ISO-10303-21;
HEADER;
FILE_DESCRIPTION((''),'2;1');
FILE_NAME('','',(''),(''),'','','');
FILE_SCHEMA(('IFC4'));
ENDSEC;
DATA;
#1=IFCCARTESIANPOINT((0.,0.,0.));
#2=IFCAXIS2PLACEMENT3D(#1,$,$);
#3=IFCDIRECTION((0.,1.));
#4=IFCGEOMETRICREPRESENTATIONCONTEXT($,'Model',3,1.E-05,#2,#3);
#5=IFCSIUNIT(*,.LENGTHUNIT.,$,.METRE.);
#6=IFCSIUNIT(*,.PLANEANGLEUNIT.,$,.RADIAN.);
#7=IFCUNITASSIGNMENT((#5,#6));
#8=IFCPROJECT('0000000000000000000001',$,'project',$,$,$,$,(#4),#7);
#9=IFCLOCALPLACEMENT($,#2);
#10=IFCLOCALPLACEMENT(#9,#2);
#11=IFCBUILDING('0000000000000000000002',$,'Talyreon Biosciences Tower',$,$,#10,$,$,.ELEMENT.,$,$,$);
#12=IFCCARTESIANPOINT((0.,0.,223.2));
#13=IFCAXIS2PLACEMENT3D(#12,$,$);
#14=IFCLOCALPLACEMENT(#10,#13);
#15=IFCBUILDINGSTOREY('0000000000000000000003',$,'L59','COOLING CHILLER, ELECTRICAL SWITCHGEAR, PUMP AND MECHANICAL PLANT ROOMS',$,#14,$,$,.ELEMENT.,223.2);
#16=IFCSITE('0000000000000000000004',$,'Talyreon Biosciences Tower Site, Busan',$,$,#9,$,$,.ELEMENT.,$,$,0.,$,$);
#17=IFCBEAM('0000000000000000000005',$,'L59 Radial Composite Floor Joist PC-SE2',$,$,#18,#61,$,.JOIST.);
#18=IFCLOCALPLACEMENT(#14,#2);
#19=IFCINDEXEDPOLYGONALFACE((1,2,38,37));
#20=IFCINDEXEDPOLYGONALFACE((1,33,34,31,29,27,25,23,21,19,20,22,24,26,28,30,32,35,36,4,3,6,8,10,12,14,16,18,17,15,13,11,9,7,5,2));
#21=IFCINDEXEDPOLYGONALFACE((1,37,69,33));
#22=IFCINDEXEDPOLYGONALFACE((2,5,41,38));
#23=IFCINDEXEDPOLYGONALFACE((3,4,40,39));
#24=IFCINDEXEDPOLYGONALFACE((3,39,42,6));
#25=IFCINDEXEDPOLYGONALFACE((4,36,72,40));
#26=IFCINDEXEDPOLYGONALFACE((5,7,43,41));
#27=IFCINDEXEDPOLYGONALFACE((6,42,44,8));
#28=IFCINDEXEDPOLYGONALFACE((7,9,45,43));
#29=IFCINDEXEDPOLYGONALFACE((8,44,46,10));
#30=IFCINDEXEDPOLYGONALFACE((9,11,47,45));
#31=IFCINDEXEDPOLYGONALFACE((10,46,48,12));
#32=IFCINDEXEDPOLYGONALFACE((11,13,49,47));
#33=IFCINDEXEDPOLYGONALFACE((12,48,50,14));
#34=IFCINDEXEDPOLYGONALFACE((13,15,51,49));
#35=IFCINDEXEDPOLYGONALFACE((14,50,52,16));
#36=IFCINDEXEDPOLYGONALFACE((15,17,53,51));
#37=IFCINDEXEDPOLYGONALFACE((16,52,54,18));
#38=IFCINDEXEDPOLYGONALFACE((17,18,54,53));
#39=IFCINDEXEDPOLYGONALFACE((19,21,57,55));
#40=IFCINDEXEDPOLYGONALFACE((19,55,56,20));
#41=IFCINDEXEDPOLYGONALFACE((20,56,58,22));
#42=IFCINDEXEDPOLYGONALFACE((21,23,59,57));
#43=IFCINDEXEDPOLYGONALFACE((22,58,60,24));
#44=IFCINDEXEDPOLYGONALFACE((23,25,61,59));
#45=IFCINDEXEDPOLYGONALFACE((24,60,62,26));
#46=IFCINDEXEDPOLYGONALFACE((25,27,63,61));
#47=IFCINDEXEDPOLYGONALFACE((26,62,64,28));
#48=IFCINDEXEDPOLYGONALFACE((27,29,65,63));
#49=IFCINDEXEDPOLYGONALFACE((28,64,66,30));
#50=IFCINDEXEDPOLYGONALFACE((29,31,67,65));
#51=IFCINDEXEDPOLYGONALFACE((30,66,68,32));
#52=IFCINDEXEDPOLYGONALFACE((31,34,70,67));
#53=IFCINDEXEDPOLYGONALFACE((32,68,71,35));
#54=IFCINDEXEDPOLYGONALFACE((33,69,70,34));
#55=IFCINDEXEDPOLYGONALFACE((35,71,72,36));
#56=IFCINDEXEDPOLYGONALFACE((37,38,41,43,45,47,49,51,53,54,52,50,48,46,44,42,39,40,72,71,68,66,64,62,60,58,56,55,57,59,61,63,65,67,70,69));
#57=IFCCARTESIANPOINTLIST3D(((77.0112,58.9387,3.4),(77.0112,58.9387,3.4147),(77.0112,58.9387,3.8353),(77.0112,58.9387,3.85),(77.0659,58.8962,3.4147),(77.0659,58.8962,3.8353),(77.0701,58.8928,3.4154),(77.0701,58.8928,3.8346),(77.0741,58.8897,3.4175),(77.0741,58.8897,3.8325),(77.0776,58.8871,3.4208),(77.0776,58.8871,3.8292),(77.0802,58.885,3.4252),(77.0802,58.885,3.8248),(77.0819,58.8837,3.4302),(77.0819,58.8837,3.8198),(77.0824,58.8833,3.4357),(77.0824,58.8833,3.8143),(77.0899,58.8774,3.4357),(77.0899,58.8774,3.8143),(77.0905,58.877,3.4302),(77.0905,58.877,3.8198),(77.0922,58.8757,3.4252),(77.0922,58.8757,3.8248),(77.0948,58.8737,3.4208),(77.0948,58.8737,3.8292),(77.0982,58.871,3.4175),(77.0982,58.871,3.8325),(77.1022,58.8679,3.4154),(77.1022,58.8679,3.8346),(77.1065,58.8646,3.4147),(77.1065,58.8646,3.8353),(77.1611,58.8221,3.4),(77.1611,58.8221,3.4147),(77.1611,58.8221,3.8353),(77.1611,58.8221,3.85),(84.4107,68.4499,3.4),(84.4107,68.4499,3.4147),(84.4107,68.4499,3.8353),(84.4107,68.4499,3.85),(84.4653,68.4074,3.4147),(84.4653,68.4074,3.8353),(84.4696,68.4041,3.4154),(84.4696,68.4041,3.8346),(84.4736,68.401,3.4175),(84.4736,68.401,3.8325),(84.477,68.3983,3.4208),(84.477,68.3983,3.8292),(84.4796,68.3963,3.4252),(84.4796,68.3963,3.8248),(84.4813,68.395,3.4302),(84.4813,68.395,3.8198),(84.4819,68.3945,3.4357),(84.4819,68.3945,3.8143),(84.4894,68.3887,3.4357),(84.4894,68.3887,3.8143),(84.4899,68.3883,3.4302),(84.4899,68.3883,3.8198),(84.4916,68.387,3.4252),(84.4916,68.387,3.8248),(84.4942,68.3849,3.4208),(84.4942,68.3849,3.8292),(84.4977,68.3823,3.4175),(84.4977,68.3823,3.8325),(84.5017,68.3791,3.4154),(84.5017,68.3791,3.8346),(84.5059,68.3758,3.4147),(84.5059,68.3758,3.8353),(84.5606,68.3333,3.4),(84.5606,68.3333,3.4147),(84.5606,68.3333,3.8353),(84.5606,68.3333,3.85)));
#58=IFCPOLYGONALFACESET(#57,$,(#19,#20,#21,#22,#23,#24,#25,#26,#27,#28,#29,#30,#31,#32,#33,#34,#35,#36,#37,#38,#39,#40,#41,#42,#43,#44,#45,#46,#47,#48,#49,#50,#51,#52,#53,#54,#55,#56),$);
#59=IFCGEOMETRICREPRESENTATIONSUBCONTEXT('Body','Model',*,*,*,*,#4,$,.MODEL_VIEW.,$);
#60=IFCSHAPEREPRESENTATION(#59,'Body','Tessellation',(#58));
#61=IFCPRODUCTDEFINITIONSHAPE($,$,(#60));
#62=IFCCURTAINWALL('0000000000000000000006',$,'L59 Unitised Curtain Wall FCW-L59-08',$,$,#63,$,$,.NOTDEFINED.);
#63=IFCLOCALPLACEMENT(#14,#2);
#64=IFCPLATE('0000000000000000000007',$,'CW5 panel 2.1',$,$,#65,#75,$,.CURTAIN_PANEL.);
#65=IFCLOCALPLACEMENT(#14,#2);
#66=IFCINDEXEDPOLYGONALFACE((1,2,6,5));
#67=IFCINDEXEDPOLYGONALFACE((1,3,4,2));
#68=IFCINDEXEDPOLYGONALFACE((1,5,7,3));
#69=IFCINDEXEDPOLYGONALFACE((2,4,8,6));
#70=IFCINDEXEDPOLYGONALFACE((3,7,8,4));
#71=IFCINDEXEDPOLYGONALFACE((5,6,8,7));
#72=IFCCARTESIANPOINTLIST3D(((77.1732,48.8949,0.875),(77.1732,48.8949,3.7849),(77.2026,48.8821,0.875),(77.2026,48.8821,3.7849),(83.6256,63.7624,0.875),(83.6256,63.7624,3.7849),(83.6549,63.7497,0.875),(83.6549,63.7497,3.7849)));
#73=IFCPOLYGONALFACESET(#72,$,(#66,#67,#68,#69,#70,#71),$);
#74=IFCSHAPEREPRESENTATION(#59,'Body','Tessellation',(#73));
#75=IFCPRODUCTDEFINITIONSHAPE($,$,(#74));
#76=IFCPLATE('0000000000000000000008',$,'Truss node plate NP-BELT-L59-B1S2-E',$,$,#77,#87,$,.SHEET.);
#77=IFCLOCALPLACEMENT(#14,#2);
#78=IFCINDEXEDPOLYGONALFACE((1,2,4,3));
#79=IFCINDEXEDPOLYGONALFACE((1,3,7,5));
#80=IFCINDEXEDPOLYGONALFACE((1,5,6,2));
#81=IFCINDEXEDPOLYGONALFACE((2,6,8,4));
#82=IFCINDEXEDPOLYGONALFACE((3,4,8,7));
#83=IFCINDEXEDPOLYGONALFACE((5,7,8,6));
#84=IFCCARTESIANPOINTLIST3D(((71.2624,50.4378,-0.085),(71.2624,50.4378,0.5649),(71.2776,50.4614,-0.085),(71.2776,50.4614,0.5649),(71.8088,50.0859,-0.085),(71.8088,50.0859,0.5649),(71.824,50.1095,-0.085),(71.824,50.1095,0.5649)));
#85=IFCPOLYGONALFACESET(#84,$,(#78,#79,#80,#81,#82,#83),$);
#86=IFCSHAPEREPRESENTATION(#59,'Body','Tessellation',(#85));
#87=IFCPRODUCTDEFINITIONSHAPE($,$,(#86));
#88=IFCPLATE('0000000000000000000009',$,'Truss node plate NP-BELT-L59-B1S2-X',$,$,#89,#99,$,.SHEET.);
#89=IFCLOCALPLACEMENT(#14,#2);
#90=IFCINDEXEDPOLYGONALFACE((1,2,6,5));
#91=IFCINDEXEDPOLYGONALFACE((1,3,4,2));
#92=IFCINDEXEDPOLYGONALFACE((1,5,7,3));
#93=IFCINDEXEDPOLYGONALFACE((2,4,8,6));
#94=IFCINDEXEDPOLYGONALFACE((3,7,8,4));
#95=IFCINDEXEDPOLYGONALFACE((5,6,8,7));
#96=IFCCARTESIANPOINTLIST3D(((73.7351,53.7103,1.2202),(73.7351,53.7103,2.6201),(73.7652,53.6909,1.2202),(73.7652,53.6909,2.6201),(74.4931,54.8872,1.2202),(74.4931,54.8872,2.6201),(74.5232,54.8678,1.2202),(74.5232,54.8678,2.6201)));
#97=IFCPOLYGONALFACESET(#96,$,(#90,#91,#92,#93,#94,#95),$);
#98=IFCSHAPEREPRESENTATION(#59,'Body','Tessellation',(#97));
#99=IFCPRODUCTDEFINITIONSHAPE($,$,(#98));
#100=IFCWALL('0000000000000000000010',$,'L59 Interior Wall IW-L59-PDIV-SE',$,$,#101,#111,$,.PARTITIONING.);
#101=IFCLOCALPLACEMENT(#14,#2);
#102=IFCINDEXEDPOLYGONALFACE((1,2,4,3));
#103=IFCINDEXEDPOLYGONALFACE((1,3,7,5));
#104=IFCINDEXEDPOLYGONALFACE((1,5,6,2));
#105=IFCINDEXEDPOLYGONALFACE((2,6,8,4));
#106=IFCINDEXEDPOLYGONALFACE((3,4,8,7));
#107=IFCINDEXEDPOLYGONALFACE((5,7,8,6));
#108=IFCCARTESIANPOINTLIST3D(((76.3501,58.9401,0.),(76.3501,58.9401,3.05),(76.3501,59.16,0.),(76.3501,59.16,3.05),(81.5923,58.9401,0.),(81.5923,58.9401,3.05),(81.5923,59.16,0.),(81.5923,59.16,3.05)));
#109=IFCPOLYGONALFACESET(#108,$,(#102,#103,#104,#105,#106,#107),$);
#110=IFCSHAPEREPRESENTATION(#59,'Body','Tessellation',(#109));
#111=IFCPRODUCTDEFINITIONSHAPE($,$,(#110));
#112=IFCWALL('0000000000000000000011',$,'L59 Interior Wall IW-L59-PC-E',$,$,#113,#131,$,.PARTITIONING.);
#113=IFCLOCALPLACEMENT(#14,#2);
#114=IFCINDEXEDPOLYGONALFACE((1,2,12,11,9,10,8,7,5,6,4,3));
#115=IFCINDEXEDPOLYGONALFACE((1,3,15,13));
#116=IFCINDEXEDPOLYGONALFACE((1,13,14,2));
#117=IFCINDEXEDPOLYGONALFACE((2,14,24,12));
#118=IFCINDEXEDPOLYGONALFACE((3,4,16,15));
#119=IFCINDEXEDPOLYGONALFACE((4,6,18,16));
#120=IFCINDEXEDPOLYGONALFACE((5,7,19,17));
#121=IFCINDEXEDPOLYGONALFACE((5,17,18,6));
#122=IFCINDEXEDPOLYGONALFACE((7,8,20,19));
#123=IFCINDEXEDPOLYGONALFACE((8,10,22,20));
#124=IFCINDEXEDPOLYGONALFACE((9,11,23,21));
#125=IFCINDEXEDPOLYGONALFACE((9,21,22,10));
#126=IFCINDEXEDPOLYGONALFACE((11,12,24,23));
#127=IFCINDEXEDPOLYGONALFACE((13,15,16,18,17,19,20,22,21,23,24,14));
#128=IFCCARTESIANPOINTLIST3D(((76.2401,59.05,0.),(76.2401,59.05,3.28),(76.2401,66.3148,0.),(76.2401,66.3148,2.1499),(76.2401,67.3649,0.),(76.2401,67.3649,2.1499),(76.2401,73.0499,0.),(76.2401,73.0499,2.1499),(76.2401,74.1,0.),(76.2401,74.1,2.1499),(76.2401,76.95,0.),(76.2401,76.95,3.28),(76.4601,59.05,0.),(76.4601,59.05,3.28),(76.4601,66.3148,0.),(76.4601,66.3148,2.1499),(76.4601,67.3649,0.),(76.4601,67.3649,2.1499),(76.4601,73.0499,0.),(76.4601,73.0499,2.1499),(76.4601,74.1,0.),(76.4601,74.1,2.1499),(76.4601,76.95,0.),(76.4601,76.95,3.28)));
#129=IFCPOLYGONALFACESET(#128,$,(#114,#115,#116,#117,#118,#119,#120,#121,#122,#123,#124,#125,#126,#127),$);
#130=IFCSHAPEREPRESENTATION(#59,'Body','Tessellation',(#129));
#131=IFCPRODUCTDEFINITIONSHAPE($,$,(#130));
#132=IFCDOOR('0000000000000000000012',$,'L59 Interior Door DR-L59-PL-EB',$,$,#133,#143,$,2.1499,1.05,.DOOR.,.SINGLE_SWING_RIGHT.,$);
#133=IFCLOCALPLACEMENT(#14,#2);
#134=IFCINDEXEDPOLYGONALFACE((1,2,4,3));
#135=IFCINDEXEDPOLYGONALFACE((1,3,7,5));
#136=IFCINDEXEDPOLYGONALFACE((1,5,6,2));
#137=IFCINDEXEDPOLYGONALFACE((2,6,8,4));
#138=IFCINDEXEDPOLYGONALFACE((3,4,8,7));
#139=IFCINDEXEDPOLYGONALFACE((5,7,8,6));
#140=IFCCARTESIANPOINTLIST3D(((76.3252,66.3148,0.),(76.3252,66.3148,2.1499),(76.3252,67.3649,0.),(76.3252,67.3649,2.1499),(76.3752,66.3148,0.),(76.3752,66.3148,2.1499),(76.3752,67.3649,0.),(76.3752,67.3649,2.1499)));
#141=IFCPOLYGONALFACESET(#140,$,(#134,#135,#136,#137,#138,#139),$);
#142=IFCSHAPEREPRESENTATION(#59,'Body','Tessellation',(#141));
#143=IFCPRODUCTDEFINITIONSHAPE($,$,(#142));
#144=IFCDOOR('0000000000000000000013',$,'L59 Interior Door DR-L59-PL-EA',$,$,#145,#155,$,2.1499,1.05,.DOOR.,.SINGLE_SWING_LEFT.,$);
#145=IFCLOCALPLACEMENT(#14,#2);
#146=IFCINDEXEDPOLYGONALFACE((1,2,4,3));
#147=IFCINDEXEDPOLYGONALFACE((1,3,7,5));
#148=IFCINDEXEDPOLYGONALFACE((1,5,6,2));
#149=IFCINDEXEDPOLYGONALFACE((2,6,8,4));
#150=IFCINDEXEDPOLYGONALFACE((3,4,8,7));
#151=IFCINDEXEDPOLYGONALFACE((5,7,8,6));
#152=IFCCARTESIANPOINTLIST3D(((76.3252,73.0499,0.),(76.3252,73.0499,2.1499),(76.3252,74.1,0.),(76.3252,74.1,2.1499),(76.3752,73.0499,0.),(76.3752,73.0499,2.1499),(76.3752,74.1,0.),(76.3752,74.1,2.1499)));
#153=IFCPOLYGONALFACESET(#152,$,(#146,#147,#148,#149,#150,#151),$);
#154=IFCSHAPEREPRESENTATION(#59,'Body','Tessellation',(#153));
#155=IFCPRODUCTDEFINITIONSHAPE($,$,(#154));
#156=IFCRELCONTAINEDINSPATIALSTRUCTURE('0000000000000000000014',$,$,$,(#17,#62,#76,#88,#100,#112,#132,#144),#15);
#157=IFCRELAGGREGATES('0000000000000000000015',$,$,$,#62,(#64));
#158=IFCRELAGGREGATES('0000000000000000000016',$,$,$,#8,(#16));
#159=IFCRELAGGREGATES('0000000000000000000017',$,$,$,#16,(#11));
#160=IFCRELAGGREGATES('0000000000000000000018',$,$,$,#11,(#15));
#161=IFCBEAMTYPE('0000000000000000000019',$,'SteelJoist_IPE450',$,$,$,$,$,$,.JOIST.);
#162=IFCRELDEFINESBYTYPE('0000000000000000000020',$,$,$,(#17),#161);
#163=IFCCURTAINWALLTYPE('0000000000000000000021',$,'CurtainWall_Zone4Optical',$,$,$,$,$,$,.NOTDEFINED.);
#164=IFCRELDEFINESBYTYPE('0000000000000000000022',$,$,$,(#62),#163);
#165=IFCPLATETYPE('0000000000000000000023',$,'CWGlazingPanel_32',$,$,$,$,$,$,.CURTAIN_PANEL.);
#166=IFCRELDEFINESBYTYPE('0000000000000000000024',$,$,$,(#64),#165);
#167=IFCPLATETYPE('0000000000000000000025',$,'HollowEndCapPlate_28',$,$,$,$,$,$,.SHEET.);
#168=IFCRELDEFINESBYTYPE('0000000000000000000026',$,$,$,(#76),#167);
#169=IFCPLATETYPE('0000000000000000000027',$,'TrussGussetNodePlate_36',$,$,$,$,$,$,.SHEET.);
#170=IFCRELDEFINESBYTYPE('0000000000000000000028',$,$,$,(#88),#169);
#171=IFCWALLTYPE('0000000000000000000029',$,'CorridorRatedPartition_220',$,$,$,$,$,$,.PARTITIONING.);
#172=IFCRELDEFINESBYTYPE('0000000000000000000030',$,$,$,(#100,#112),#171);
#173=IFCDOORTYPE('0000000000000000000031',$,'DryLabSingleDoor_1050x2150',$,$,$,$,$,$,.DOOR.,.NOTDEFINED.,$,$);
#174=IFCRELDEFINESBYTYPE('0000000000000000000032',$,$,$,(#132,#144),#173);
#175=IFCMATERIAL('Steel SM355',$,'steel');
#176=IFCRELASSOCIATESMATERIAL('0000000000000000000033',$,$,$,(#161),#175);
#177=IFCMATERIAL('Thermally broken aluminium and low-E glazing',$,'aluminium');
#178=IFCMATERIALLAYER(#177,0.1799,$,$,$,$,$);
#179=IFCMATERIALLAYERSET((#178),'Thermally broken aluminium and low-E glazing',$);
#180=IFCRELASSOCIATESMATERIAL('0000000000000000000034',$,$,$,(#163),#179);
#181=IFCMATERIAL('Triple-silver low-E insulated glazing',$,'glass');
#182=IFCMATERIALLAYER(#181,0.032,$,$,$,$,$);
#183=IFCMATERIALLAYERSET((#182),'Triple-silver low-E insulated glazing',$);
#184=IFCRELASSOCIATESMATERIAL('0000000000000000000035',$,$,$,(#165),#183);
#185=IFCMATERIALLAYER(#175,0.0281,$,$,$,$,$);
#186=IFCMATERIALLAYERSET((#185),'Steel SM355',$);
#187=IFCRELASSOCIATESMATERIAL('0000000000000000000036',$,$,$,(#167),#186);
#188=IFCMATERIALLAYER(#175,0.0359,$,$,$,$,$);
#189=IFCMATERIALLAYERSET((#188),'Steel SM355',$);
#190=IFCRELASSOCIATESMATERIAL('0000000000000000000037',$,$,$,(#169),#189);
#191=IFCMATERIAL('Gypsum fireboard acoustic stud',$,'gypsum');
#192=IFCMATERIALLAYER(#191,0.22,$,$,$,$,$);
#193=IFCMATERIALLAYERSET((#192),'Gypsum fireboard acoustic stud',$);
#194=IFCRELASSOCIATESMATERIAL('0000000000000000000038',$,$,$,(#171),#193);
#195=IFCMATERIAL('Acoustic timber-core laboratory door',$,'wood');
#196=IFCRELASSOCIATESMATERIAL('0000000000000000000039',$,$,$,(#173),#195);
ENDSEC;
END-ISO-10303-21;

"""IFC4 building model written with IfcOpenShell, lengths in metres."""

from ifc_helpers import new_model, si_unit, direction, frame, frame_2d, origin, origin_2d, place, context, subcontext, project, spatial, rectangle, i_section, extrude, material, layer, layer_set, material_profile, profile_set, type_object, element, fill, aggregate, save


model = new_model("IFC4")

# Units and contexts
model_context = context("Model", 3, precision=1e-05, world=origin(), true_north=direction((0.0, 1.0)))
body_context = subcontext(model_context, "Body", "Model", "MODEL_VIEW")
ifc_project = project(units=[si_unit("LENGTHUNIT", "METRE"), si_unit("PLANEANGLEUNIT", "RADIAN")], contexts=[model_context])

# Site, building, storey
site_placement = place(None, origin())
site = spatial("IfcSite", under=ifc_project, at=site_placement, Name="Talyreon Biosciences Tower Site, Busan", CompositionType="ELEMENT", RefElevation=0.0)
building_placement = place(site_placement, origin())
building = spatial("IfcBuilding", under=site, at=building_placement, Name="Talyreon Biosciences Tower", CompositionType="ELEMENT")
storey_placement = place(building_placement, frame((0.0, 0.0, 223.2)))
storey = spatial("IfcBuildingStorey", under=building, at=storey_placement, Name="L59", Description="COOLING CHILLER, ELECTRICAL SWITCHGEAR, PUMP AND MECHANICAL PLANT ROOMS", CompositionType="ELEMENT", Elevation=223.2)

# Shared definitions
ifc_material_1 = material(Name="Steel SM355", Category="steel")

# Beam
ifc_material_profile_1 = material_profile(ifc_material_1, i_section(OverallWidth=0.1899, OverallDepth=0.45, WebThickness=0.0095, FlangeThickness=0.0146, FilletRadius=0.021, at=origin_2d()), Name="IPE450")
ifc_profile_set_1 = profile_set([ifc_material_profile_1], Name="Steel SM355")
beam_type_1 = type_object("IfcBeamType", Name="SteelJoist_IPE450", PredefinedType="JOIST", material=ifc_profile_set_1)
beam_1_placement = place(storey_placement, frame((77.0862, 58.8804, 3.625), z_axis=(0.614033, 0.78928, 0.0), x_axis=(-0.78928, 0.614033, 0.0)))
element("IfcBeam", 1, at=beam_1_placement, inside=storey, type_object=beam_type_1, Name="L59 Radial Composite Floor Joist PC-SE2", PredefinedType="JOIST", context=body_context, shape_type="SweptSolid", body=[
    extrude(i_section(OverallWidth=0.1899, OverallDepth=0.45, WebThickness=0.0095, FlangeThickness=0.0146, FilletRadius=0.021, at=origin_2d()), origin(), (0.0, 0.0, 1.0), 12.0505),
])

# Curtain wall, plate
ifc_material_2 = material(Name="Thermally broken aluminium and low-E glazing", Category="aluminium")
ifc_layer_1 = layer(ifc_material_2, 0.1799)
ifc_layer_set_1 = layer_set([ifc_layer_1], Name="Thermally broken aluminium and low-E glazing")
curtain_wall_type = type_object("IfcCurtainWallType", Name="CurtainWall_Zone4Optical", PredefinedType="NOTDEFINED", material=ifc_layer_set_1)
curtain_wall_placement = place(storey_placement, origin())
curtain_wall = element("IfcCurtainWall", 2, at=curtain_wall_placement, inside=storey, type_object=curtain_wall_type, Name="L59 Unitised Curtain Wall FCW-L59-08", PredefinedType="NOTDEFINED")
ifc_material_3 = material(Name="Triple-silver low-E insulated glazing", Category="glass")
ifc_layer_2 = layer(ifc_material_3, 0.032)
ifc_layer_set_2 = layer_set([ifc_layer_2], Name="Triple-silver low-E insulated glazing")
plate_type_1 = type_object("IfcPlateType", Name="CWGlazingPanel_32", PredefinedType="CURTAIN_PANEL", material=ifc_layer_set_2)
plate_1_placement = place(storey_placement, frame((80.4141, 56.3223, 0.875), z_axis=(0.0, 0.0, 1.0), x_axis=(-0.398112, -0.917337, 0.0)))
plate_1 = element("IfcPlate", 3, at=plate_1_placement, type_object=plate_type_1, Name="CW5 panel 2.1", PredefinedType="CURTAIN_PANEL", context=body_context, shape_type="SweptSolid", body=[
    extrude(rectangle(XDim=16.2073, YDim=0.032, at=origin_2d()), origin(), (0.0, 0.0, 1.0), 2.9099),
])
aggregate(curtain_wall, [plate_1])

# Plates
ifc_layer_3 = layer(ifc_material_1, 0.0281)
ifc_layer_set_3 = layer_set([ifc_layer_3], Name="Steel SM355")
plate_type_2 = type_object("IfcPlateType", Name="HollowEndCapPlate_28", PredefinedType="SHEET", material=ifc_layer_set_3)
plate_2_placement = place(storey_placement, frame((71.5432, 50.2737, -0.085), z_axis=(0.0, 0.0, 1.0), x_axis=(-0.840727, 0.541459, 0.0)))
element("IfcPlate", 4, at=plate_2_placement, inside=storey, type_object=plate_type_2, Name="Truss node plate NP-BELT-L59-B1S2-E", PredefinedType="SHEET", context=body_context, shape_type="SweptSolid", body=[
    extrude(rectangle(XDim=0.6499, YDim=0.0281, at=origin_2d()), origin(), (0.0, 0.0, 1.0), 0.6499),
])
ifc_layer_4 = layer(ifc_material_1, 0.0359)
ifc_layer_set_4 = layer_set([ifc_layer_4], Name="Steel SM355")
plate_type_3 = type_object("IfcPlateType", Name="TrussGussetNodePlate_36", PredefinedType="SHEET", material=ifc_layer_set_4)
plate_3_placement = place(storey_placement, frame((74.1292, 54.2891, 1.2202), z_axis=(0.0, 0.0, 1.0), x_axis=(0.541459, 0.840727, 0.0)))
element("IfcPlate", 5, at=plate_3_placement, inside=storey, type_object=plate_type_3, Name="Truss node plate NP-BELT-L59-B1S2-X", PredefinedType="SHEET", context=body_context, shape_type="SweptSolid", body=[
    extrude(rectangle(XDim=1.3999, YDim=0.0359, at=origin_2d()), origin(), (0.0, 0.0, 1.0), 1.3999),
])

# Wall
ifc_material_4 = material(Name="Gypsum fireboard acoustic stud", Category="gypsum")
ifc_layer_5 = layer(ifc_material_4, 0.22)
ifc_layer_set_5 = layer_set([ifc_layer_5], Name="Gypsum fireboard acoustic stud")
wall_type = type_object("IfcWallType", Name="CorridorRatedPartition_220", PredefinedType="PARTITIONING", material=ifc_layer_set_5)
wall_1_placement = place(storey_placement, frame((76.3501, 59.05, 0.0), z_axis=(0.0, 0.0, 1.0), x_axis=(1.0, 0.0, 0.0)))
element("IfcWall", 6, at=wall_1_placement, inside=storey, type_object=wall_type, Name="L59 Interior Wall IW-L59-PDIV-SE", PredefinedType="PARTITIONING", context=body_context, shape_type="SweptSolid", body=[
    extrude(rectangle(XDim=5.2422, YDim=0.22, at=frame_2d((2.6211, 0.0))), origin(), (0.0, 0.0, 1.0), 3.05),
])

# Wall, openings, doors
wall_2_placement = place(storey_placement, frame((76.3501, 59.05, 0.0), z_axis=(0.0, 0.0, 1.0), x_axis=(0.0, 1.0, 0.0)))
wall_2 = element("IfcWall", 7, at=wall_2_placement, inside=storey, type_object=wall_type, Name="L59 Interior Wall IW-L59-PC-E", PredefinedType="PARTITIONING", context=body_context, shape_type="SweptSolid", body=[
    extrude(rectangle(XDim=17.8999, YDim=0.22, at=frame_2d((8.95, 0.0))), origin(), (0.0, 0.0, 1.0), 3.28),
])
opening_1_placement = place(wall_2_placement, frame((7.2649, 0.0, 0.0)))
opening_1 = element("IfcOpeningElement", 8, at=opening_1_placement, cuts=wall_2, PredefinedType="OPENING", context=body_context, shape_type="SweptSolid", body=[
    extrude(rectangle(XDim=1.05, YDim=2.1499, at=frame_2d((0.5249, 1.075))), frame((0.0, 0.1199, 0.0), z_axis=(0.0, -1.0, 0.0), x_axis=(1.0, 0.0, 0.0)), (0.0, 0.0, 1.0), 0.24),
])
opening_2_placement = place(wall_2_placement, frame((14.0, 0.0, 0.0)))
opening_2 = element("IfcOpeningElement", 9, at=opening_2_placement, cuts=wall_2, PredefinedType="OPENING", context=body_context, shape_type="SweptSolid", body=[
    extrude(rectangle(XDim=1.05, YDim=2.1499, at=frame_2d((0.5249, 1.075))), frame((0.0, 0.1199, 0.0), z_axis=(0.0, -1.0, 0.0), x_axis=(1.0, 0.0, 0.0)), (0.0, 0.0, 1.0), 0.24),
])
ifc_material_5 = material(Name="Acoustic timber-core laboratory door", Category="wood")
door_type = type_object("IfcDoorType", Name="DryLabSingleDoor_1050x2150", OperationType="NOTDEFINED", PredefinedType="DOOR", material=ifc_material_5)
door_1_placement = place(opening_1_placement, origin())
door_1 = element("IfcDoor", 10, at=door_1_placement, inside=storey, type_object=door_type, Name="L59 Interior Door DR-L59-PL-EB", OperationType="SINGLE_SWING_RIGHT", OverallHeight=2.1499, OverallWidth=1.05, PredefinedType="DOOR", context=body_context, shape_type="SweptSolid", body=[
    extrude(rectangle(XDim=1.05, YDim=2.1499, at=frame_2d((0.5249, 1.075))), frame((0.0, 0.0249, 0.0), z_axis=(0.0, -1.0, 0.0), x_axis=(1.0, 0.0, 0.0)), (0.0, 0.0, 1.0), 0.05),
])
fill(opening_1, door_1)
door_2_placement = place(opening_2_placement, origin())
door_2 = element("IfcDoor", 11, at=door_2_placement, inside=storey, type_object=door_type, Name="L59 Interior Door DR-L59-PL-EA", OperationType="SINGLE_SWING_LEFT", OverallHeight=2.1499, OverallWidth=1.05, PredefinedType="DOOR", context=body_context, shape_type="SweptSolid", body=[
    extrude(rectangle(XDim=1.05, YDim=2.1499, at=frame_2d((0.5249, 1.075))), frame((0.0, 0.0249, 0.0), z_axis=(0.0, -1.0, 0.0), x_axis=(1.0, 0.0, 0.0)), (0.0, 0.0, 1.0), 0.05),
])
fill(opening_2, door_2)

save(model, "model.ifc")
